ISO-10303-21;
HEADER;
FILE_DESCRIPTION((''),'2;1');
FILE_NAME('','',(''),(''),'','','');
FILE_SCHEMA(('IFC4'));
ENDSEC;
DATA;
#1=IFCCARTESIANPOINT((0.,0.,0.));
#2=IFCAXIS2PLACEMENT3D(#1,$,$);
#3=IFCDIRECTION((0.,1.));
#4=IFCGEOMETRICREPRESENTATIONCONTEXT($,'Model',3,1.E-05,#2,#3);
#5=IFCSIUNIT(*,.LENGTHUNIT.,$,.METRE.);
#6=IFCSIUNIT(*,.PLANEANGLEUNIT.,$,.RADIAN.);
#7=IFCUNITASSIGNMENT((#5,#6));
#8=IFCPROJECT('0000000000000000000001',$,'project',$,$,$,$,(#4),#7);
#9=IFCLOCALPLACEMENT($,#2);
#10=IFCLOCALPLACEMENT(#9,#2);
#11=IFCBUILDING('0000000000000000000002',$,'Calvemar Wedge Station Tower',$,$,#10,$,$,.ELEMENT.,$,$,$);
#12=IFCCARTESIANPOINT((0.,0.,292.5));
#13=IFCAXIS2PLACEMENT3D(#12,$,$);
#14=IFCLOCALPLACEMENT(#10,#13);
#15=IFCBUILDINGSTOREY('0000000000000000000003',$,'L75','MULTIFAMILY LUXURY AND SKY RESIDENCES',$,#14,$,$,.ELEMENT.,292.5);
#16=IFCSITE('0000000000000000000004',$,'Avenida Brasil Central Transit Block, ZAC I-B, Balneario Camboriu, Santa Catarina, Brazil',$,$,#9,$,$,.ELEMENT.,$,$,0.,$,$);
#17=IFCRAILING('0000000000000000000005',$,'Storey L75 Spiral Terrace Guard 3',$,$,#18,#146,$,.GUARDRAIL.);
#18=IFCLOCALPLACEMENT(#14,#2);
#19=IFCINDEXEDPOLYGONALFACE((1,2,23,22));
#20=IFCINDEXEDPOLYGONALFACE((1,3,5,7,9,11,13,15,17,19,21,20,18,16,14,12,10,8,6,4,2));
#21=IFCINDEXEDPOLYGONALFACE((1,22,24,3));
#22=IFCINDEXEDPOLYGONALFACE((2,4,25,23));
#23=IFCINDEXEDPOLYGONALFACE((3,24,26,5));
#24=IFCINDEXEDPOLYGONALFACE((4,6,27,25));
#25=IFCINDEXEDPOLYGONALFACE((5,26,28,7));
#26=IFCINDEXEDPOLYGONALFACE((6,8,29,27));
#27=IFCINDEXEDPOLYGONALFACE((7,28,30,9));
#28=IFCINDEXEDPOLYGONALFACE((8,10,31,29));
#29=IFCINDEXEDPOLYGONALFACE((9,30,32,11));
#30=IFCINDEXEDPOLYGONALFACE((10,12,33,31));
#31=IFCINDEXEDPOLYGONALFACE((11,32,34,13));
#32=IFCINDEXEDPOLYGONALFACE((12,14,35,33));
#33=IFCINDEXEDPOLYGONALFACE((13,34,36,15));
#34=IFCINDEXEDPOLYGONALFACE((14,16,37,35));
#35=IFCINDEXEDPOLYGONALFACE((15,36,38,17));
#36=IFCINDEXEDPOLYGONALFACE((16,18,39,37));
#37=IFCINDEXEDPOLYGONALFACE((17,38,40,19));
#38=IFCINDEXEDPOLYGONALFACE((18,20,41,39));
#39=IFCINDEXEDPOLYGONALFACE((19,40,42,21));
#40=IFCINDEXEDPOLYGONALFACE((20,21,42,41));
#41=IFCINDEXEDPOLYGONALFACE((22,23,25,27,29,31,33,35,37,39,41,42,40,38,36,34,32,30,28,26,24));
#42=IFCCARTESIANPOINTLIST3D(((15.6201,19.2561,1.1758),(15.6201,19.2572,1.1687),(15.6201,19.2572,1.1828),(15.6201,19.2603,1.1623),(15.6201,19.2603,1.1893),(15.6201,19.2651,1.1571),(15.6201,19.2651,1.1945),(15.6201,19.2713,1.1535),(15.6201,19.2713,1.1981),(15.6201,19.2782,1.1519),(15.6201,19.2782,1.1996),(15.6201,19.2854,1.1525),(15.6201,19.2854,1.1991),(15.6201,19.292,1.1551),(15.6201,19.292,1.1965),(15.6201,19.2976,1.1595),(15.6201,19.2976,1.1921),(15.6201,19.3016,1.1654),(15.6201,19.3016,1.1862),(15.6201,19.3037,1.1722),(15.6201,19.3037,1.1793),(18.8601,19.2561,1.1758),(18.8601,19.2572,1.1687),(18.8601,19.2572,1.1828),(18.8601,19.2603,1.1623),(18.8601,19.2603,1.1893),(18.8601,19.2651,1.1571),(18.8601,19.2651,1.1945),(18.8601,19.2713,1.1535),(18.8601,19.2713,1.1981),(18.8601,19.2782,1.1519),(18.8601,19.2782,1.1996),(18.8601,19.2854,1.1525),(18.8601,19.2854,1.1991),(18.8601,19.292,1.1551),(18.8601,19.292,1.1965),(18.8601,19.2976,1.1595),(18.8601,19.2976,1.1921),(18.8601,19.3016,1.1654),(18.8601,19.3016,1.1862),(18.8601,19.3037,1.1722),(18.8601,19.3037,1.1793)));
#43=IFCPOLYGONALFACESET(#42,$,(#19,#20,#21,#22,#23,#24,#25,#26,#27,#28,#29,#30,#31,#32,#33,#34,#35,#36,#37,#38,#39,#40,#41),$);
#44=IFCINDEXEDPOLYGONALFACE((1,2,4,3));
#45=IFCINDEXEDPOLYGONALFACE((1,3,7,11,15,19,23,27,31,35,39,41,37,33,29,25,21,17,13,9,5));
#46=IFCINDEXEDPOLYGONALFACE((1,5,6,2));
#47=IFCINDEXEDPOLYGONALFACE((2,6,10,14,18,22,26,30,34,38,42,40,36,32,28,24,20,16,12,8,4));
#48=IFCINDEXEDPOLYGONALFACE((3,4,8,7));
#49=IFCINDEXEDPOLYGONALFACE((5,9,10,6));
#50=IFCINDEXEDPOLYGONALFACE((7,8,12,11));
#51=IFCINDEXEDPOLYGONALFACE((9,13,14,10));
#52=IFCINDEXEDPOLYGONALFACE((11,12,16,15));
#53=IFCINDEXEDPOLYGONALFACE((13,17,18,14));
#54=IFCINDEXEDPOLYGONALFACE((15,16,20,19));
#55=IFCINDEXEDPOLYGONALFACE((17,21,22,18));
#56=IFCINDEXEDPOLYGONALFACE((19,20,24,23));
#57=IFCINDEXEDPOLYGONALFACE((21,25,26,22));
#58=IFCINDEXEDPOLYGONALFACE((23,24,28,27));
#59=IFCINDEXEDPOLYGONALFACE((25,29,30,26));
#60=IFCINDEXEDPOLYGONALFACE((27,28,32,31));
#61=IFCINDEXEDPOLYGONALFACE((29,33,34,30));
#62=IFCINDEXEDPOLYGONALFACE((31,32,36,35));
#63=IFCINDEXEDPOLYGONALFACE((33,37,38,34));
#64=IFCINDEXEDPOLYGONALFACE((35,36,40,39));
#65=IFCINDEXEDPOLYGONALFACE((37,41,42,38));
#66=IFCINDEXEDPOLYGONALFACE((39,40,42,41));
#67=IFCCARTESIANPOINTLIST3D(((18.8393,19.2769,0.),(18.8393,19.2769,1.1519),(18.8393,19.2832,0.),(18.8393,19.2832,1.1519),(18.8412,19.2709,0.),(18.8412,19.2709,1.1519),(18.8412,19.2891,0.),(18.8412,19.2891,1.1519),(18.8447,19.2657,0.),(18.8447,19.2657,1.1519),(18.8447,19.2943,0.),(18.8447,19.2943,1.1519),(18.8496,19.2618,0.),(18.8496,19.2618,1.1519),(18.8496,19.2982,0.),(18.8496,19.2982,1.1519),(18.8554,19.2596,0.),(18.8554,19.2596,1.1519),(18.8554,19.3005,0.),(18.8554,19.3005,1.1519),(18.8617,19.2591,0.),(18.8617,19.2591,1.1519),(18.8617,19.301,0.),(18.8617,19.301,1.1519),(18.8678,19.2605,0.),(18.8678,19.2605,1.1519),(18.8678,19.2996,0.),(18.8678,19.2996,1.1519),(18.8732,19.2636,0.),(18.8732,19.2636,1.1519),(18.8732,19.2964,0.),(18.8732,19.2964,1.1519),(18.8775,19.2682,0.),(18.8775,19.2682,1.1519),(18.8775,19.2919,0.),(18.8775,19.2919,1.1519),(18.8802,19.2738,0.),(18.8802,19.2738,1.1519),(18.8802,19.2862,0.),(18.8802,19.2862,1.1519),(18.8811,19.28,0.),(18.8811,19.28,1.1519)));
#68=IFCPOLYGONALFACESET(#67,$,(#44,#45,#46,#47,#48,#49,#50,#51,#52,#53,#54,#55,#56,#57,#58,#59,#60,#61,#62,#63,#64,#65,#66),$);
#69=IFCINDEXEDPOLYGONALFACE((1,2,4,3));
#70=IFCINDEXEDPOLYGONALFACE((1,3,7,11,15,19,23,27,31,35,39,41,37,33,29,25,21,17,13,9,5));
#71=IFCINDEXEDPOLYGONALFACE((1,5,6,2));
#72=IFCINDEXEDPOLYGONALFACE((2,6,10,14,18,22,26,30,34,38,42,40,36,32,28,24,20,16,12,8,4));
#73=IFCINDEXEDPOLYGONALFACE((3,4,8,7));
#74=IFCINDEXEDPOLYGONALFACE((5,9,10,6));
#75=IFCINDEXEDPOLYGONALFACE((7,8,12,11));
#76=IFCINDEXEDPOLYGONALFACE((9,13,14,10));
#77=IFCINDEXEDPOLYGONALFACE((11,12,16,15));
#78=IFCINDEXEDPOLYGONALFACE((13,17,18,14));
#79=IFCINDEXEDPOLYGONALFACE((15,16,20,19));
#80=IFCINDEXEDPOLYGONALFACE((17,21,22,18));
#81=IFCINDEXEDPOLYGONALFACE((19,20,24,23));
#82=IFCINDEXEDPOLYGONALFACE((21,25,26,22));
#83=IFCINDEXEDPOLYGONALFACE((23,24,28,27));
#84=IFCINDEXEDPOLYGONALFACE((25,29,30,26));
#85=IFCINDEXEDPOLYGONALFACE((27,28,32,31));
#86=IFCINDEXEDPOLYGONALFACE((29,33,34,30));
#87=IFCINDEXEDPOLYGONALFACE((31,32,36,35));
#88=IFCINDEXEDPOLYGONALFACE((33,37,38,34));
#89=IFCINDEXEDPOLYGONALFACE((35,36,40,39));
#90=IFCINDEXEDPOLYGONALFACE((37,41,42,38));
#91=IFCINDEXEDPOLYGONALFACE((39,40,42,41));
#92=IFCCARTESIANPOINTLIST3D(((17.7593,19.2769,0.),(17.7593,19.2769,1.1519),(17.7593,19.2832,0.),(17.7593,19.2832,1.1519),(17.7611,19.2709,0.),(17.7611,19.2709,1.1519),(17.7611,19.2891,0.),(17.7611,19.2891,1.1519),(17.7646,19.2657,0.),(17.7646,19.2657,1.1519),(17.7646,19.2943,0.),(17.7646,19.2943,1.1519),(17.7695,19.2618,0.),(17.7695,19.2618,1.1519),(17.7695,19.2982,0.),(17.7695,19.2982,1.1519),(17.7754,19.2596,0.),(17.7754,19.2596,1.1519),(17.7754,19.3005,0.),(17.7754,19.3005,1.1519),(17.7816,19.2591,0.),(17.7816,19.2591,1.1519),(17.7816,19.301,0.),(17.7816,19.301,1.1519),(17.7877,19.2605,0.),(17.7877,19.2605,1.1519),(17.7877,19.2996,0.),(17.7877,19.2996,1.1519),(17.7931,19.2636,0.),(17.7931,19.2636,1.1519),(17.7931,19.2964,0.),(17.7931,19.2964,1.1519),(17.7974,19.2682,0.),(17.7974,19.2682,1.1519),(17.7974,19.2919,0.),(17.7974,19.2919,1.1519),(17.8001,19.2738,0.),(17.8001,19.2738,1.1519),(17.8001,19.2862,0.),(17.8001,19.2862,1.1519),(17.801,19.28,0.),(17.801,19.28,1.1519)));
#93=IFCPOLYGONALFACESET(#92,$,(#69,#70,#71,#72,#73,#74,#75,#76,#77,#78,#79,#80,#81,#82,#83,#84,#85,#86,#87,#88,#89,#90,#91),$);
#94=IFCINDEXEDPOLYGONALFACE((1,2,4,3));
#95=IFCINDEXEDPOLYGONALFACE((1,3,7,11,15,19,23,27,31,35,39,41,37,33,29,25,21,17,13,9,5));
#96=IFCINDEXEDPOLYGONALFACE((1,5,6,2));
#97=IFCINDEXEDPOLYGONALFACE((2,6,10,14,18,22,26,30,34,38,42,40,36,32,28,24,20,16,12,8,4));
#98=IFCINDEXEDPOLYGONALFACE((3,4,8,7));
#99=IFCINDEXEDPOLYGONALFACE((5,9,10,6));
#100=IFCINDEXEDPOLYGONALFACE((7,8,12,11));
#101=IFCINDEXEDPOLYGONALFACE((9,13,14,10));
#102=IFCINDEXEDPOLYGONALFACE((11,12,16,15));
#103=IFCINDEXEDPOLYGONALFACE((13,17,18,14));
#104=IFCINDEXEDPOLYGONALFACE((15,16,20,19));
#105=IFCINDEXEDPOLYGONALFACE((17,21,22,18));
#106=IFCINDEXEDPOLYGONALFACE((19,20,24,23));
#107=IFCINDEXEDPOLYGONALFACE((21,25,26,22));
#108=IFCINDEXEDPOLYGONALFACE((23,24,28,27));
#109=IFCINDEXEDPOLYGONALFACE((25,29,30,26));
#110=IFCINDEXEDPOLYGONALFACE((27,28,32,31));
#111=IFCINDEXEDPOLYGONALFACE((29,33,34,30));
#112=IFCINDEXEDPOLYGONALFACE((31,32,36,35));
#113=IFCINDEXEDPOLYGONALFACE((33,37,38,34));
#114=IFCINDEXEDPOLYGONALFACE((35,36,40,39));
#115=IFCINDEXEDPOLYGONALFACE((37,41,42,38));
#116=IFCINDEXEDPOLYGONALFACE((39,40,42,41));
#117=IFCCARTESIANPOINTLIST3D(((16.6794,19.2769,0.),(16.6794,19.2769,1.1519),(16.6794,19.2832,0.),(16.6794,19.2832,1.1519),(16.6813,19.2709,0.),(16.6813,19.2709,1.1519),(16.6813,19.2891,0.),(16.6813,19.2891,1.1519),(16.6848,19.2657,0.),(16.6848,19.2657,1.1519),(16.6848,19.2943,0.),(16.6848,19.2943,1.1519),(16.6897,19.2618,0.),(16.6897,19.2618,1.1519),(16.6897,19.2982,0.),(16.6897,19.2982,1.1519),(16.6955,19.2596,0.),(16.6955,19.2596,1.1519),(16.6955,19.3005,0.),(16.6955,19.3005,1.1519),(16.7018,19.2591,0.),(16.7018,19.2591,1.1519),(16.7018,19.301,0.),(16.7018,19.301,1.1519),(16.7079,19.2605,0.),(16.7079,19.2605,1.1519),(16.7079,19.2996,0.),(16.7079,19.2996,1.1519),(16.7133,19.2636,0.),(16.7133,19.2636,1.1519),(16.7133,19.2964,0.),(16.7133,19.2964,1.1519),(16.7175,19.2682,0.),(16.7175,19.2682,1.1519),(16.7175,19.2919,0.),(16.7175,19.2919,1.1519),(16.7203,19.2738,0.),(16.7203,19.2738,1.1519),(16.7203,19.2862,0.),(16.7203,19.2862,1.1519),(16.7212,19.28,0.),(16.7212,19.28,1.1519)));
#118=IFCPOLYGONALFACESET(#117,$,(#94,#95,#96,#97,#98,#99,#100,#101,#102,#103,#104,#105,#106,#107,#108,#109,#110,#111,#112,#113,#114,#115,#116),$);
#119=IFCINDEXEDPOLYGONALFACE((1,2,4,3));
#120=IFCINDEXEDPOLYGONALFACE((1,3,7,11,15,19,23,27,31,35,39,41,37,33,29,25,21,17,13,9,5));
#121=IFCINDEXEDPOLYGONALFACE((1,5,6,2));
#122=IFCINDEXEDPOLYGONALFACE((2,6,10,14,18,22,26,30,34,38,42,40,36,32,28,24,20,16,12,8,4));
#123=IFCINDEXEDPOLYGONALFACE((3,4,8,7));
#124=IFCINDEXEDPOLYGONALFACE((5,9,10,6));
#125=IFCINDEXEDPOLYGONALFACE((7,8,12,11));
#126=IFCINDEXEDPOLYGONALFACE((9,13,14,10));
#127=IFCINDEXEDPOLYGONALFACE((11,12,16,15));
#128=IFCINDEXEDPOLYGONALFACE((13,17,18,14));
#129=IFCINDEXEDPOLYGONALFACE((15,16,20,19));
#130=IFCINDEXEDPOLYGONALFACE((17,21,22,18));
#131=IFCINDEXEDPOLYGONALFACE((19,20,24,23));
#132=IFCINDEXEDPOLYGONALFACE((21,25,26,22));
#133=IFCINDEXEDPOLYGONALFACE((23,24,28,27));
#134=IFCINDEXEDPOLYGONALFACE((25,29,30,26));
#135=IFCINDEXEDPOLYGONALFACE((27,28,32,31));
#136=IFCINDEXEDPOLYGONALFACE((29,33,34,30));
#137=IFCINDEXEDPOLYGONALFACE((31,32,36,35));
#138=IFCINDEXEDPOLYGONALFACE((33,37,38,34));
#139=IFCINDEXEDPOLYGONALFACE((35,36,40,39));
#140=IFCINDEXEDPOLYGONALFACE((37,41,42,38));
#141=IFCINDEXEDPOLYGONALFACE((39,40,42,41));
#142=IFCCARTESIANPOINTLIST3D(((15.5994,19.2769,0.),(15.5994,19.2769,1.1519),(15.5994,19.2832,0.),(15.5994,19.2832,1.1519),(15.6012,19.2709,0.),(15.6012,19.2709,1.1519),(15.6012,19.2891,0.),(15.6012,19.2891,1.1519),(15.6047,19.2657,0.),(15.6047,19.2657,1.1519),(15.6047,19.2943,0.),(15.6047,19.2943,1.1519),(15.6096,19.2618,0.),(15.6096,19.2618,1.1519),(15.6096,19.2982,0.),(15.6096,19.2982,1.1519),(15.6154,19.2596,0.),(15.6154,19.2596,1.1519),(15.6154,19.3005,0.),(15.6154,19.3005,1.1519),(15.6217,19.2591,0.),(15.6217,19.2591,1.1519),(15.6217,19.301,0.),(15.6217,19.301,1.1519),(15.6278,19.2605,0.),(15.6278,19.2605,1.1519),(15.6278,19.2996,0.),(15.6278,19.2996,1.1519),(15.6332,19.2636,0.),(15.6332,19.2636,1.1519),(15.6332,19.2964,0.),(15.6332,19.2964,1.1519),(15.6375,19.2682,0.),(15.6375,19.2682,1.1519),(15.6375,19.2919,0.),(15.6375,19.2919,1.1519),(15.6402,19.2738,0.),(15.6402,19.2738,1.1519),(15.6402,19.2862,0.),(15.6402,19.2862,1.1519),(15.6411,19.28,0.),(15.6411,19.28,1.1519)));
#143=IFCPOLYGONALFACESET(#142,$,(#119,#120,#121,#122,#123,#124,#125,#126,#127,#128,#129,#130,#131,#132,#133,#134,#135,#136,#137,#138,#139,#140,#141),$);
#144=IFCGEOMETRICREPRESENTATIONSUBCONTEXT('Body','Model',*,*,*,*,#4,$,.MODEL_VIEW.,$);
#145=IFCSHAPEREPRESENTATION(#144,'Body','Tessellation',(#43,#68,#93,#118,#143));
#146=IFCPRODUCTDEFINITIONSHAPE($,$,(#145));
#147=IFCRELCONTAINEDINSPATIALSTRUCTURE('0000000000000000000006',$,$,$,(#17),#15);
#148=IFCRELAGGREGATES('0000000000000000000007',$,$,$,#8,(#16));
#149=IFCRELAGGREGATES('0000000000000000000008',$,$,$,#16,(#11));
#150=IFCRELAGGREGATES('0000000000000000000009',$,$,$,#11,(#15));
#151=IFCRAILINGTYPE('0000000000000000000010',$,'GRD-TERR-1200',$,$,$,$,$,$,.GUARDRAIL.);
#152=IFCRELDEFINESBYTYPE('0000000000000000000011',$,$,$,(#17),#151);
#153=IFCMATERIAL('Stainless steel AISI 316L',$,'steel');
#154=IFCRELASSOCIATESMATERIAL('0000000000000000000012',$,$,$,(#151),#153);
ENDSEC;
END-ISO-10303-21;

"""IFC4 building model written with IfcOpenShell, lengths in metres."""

from ifc_helpers import new_model, si_unit, direction, frame, origin, origin_2d, place, context, subcontext, project, spatial, circle, extrude, material, type_object, element, save


model = new_model("IFC4")

# Units and contexts
model_context = context("Model", 3, precision=1e-05, world=origin(), true_north=direction((0.0, 1.0)))
body_context = subcontext(model_context, "Body", "Model", "MODEL_VIEW")
ifc_project = project(units=[si_unit("LENGTHUNIT", "METRE"), si_unit("PLANEANGLEUNIT", "RADIAN")], contexts=[model_context])

# Site, building, storey
site_placement = place(None, origin())
site = spatial("IfcSite", under=ifc_project, at=site_placement, Name="Avenida Brasil Central Transit Block, ZAC I-B, Balneario Camboriu, Santa Catarina, Brazil", CompositionType="ELEMENT", RefElevation=0.0)
building_placement = place(site_placement, origin())
building = spatial("IfcBuilding", under=site, at=building_placement, Name="Calvemar Wedge Station Tower", CompositionType="ELEMENT")
storey_placement = place(building_placement, frame((0.0, 0.0, 292.5)))
storey = spatial("IfcBuildingStorey", under=building, at=storey_placement, Name="L75", Description="MULTIFAMILY LUXURY AND SKY RESIDENCES", CompositionType="ELEMENT", Elevation=292.5)

# Railing
ifc_material_1 = material(Name="Stainless steel AISI 316L", Category="steel")
railing_type = type_object("IfcRailingType", Name="GRD-TERR-1200", PredefinedType="GUARDRAIL", material=ifc_material_1)
railing_1_placement = place(storey_placement, frame((18.8601, 19.28, 0.0)))
element("IfcRailing", 1, at=railing_1_placement, inside=storey, type_object=railing_type, Name="Storey L75 Spiral Terrace Guard 3", PredefinedType="GUARDRAIL", context=body_context, shape_type="SweptSolid", body=[
    extrude(circle(Radius=0.0239, at=origin_2d()), frame((0.0, 0.0, 1.1758), z_axis=(-1.0, 0.0, 0.0), x_axis=(0.0, -1.0, 0.0)), (0.0, 0.0, 1.0), 3.24),
    extrude(circle(Radius=0.021, at=origin_2d()), origin(), (0.0, 0.0, 1.0), 1.1519),
    extrude(circle(Radius=0.021, at=origin_2d()), frame((-1.0801, 0.0, 0.0)), (0.0, 0.0, 1.0), 1.1519),
    extrude(circle(Radius=0.021, at=origin_2d()), frame((-2.1599, 0.0, 0.0)), (0.0, 0.0, 1.0), 1.1519),
    extrude(circle(Radius=0.021, at=origin_2d()), frame((-3.24, 0.0, 0.0)), (0.0, 0.0, 1.0), 1.1519),
])

save(model, "model.ifc")
